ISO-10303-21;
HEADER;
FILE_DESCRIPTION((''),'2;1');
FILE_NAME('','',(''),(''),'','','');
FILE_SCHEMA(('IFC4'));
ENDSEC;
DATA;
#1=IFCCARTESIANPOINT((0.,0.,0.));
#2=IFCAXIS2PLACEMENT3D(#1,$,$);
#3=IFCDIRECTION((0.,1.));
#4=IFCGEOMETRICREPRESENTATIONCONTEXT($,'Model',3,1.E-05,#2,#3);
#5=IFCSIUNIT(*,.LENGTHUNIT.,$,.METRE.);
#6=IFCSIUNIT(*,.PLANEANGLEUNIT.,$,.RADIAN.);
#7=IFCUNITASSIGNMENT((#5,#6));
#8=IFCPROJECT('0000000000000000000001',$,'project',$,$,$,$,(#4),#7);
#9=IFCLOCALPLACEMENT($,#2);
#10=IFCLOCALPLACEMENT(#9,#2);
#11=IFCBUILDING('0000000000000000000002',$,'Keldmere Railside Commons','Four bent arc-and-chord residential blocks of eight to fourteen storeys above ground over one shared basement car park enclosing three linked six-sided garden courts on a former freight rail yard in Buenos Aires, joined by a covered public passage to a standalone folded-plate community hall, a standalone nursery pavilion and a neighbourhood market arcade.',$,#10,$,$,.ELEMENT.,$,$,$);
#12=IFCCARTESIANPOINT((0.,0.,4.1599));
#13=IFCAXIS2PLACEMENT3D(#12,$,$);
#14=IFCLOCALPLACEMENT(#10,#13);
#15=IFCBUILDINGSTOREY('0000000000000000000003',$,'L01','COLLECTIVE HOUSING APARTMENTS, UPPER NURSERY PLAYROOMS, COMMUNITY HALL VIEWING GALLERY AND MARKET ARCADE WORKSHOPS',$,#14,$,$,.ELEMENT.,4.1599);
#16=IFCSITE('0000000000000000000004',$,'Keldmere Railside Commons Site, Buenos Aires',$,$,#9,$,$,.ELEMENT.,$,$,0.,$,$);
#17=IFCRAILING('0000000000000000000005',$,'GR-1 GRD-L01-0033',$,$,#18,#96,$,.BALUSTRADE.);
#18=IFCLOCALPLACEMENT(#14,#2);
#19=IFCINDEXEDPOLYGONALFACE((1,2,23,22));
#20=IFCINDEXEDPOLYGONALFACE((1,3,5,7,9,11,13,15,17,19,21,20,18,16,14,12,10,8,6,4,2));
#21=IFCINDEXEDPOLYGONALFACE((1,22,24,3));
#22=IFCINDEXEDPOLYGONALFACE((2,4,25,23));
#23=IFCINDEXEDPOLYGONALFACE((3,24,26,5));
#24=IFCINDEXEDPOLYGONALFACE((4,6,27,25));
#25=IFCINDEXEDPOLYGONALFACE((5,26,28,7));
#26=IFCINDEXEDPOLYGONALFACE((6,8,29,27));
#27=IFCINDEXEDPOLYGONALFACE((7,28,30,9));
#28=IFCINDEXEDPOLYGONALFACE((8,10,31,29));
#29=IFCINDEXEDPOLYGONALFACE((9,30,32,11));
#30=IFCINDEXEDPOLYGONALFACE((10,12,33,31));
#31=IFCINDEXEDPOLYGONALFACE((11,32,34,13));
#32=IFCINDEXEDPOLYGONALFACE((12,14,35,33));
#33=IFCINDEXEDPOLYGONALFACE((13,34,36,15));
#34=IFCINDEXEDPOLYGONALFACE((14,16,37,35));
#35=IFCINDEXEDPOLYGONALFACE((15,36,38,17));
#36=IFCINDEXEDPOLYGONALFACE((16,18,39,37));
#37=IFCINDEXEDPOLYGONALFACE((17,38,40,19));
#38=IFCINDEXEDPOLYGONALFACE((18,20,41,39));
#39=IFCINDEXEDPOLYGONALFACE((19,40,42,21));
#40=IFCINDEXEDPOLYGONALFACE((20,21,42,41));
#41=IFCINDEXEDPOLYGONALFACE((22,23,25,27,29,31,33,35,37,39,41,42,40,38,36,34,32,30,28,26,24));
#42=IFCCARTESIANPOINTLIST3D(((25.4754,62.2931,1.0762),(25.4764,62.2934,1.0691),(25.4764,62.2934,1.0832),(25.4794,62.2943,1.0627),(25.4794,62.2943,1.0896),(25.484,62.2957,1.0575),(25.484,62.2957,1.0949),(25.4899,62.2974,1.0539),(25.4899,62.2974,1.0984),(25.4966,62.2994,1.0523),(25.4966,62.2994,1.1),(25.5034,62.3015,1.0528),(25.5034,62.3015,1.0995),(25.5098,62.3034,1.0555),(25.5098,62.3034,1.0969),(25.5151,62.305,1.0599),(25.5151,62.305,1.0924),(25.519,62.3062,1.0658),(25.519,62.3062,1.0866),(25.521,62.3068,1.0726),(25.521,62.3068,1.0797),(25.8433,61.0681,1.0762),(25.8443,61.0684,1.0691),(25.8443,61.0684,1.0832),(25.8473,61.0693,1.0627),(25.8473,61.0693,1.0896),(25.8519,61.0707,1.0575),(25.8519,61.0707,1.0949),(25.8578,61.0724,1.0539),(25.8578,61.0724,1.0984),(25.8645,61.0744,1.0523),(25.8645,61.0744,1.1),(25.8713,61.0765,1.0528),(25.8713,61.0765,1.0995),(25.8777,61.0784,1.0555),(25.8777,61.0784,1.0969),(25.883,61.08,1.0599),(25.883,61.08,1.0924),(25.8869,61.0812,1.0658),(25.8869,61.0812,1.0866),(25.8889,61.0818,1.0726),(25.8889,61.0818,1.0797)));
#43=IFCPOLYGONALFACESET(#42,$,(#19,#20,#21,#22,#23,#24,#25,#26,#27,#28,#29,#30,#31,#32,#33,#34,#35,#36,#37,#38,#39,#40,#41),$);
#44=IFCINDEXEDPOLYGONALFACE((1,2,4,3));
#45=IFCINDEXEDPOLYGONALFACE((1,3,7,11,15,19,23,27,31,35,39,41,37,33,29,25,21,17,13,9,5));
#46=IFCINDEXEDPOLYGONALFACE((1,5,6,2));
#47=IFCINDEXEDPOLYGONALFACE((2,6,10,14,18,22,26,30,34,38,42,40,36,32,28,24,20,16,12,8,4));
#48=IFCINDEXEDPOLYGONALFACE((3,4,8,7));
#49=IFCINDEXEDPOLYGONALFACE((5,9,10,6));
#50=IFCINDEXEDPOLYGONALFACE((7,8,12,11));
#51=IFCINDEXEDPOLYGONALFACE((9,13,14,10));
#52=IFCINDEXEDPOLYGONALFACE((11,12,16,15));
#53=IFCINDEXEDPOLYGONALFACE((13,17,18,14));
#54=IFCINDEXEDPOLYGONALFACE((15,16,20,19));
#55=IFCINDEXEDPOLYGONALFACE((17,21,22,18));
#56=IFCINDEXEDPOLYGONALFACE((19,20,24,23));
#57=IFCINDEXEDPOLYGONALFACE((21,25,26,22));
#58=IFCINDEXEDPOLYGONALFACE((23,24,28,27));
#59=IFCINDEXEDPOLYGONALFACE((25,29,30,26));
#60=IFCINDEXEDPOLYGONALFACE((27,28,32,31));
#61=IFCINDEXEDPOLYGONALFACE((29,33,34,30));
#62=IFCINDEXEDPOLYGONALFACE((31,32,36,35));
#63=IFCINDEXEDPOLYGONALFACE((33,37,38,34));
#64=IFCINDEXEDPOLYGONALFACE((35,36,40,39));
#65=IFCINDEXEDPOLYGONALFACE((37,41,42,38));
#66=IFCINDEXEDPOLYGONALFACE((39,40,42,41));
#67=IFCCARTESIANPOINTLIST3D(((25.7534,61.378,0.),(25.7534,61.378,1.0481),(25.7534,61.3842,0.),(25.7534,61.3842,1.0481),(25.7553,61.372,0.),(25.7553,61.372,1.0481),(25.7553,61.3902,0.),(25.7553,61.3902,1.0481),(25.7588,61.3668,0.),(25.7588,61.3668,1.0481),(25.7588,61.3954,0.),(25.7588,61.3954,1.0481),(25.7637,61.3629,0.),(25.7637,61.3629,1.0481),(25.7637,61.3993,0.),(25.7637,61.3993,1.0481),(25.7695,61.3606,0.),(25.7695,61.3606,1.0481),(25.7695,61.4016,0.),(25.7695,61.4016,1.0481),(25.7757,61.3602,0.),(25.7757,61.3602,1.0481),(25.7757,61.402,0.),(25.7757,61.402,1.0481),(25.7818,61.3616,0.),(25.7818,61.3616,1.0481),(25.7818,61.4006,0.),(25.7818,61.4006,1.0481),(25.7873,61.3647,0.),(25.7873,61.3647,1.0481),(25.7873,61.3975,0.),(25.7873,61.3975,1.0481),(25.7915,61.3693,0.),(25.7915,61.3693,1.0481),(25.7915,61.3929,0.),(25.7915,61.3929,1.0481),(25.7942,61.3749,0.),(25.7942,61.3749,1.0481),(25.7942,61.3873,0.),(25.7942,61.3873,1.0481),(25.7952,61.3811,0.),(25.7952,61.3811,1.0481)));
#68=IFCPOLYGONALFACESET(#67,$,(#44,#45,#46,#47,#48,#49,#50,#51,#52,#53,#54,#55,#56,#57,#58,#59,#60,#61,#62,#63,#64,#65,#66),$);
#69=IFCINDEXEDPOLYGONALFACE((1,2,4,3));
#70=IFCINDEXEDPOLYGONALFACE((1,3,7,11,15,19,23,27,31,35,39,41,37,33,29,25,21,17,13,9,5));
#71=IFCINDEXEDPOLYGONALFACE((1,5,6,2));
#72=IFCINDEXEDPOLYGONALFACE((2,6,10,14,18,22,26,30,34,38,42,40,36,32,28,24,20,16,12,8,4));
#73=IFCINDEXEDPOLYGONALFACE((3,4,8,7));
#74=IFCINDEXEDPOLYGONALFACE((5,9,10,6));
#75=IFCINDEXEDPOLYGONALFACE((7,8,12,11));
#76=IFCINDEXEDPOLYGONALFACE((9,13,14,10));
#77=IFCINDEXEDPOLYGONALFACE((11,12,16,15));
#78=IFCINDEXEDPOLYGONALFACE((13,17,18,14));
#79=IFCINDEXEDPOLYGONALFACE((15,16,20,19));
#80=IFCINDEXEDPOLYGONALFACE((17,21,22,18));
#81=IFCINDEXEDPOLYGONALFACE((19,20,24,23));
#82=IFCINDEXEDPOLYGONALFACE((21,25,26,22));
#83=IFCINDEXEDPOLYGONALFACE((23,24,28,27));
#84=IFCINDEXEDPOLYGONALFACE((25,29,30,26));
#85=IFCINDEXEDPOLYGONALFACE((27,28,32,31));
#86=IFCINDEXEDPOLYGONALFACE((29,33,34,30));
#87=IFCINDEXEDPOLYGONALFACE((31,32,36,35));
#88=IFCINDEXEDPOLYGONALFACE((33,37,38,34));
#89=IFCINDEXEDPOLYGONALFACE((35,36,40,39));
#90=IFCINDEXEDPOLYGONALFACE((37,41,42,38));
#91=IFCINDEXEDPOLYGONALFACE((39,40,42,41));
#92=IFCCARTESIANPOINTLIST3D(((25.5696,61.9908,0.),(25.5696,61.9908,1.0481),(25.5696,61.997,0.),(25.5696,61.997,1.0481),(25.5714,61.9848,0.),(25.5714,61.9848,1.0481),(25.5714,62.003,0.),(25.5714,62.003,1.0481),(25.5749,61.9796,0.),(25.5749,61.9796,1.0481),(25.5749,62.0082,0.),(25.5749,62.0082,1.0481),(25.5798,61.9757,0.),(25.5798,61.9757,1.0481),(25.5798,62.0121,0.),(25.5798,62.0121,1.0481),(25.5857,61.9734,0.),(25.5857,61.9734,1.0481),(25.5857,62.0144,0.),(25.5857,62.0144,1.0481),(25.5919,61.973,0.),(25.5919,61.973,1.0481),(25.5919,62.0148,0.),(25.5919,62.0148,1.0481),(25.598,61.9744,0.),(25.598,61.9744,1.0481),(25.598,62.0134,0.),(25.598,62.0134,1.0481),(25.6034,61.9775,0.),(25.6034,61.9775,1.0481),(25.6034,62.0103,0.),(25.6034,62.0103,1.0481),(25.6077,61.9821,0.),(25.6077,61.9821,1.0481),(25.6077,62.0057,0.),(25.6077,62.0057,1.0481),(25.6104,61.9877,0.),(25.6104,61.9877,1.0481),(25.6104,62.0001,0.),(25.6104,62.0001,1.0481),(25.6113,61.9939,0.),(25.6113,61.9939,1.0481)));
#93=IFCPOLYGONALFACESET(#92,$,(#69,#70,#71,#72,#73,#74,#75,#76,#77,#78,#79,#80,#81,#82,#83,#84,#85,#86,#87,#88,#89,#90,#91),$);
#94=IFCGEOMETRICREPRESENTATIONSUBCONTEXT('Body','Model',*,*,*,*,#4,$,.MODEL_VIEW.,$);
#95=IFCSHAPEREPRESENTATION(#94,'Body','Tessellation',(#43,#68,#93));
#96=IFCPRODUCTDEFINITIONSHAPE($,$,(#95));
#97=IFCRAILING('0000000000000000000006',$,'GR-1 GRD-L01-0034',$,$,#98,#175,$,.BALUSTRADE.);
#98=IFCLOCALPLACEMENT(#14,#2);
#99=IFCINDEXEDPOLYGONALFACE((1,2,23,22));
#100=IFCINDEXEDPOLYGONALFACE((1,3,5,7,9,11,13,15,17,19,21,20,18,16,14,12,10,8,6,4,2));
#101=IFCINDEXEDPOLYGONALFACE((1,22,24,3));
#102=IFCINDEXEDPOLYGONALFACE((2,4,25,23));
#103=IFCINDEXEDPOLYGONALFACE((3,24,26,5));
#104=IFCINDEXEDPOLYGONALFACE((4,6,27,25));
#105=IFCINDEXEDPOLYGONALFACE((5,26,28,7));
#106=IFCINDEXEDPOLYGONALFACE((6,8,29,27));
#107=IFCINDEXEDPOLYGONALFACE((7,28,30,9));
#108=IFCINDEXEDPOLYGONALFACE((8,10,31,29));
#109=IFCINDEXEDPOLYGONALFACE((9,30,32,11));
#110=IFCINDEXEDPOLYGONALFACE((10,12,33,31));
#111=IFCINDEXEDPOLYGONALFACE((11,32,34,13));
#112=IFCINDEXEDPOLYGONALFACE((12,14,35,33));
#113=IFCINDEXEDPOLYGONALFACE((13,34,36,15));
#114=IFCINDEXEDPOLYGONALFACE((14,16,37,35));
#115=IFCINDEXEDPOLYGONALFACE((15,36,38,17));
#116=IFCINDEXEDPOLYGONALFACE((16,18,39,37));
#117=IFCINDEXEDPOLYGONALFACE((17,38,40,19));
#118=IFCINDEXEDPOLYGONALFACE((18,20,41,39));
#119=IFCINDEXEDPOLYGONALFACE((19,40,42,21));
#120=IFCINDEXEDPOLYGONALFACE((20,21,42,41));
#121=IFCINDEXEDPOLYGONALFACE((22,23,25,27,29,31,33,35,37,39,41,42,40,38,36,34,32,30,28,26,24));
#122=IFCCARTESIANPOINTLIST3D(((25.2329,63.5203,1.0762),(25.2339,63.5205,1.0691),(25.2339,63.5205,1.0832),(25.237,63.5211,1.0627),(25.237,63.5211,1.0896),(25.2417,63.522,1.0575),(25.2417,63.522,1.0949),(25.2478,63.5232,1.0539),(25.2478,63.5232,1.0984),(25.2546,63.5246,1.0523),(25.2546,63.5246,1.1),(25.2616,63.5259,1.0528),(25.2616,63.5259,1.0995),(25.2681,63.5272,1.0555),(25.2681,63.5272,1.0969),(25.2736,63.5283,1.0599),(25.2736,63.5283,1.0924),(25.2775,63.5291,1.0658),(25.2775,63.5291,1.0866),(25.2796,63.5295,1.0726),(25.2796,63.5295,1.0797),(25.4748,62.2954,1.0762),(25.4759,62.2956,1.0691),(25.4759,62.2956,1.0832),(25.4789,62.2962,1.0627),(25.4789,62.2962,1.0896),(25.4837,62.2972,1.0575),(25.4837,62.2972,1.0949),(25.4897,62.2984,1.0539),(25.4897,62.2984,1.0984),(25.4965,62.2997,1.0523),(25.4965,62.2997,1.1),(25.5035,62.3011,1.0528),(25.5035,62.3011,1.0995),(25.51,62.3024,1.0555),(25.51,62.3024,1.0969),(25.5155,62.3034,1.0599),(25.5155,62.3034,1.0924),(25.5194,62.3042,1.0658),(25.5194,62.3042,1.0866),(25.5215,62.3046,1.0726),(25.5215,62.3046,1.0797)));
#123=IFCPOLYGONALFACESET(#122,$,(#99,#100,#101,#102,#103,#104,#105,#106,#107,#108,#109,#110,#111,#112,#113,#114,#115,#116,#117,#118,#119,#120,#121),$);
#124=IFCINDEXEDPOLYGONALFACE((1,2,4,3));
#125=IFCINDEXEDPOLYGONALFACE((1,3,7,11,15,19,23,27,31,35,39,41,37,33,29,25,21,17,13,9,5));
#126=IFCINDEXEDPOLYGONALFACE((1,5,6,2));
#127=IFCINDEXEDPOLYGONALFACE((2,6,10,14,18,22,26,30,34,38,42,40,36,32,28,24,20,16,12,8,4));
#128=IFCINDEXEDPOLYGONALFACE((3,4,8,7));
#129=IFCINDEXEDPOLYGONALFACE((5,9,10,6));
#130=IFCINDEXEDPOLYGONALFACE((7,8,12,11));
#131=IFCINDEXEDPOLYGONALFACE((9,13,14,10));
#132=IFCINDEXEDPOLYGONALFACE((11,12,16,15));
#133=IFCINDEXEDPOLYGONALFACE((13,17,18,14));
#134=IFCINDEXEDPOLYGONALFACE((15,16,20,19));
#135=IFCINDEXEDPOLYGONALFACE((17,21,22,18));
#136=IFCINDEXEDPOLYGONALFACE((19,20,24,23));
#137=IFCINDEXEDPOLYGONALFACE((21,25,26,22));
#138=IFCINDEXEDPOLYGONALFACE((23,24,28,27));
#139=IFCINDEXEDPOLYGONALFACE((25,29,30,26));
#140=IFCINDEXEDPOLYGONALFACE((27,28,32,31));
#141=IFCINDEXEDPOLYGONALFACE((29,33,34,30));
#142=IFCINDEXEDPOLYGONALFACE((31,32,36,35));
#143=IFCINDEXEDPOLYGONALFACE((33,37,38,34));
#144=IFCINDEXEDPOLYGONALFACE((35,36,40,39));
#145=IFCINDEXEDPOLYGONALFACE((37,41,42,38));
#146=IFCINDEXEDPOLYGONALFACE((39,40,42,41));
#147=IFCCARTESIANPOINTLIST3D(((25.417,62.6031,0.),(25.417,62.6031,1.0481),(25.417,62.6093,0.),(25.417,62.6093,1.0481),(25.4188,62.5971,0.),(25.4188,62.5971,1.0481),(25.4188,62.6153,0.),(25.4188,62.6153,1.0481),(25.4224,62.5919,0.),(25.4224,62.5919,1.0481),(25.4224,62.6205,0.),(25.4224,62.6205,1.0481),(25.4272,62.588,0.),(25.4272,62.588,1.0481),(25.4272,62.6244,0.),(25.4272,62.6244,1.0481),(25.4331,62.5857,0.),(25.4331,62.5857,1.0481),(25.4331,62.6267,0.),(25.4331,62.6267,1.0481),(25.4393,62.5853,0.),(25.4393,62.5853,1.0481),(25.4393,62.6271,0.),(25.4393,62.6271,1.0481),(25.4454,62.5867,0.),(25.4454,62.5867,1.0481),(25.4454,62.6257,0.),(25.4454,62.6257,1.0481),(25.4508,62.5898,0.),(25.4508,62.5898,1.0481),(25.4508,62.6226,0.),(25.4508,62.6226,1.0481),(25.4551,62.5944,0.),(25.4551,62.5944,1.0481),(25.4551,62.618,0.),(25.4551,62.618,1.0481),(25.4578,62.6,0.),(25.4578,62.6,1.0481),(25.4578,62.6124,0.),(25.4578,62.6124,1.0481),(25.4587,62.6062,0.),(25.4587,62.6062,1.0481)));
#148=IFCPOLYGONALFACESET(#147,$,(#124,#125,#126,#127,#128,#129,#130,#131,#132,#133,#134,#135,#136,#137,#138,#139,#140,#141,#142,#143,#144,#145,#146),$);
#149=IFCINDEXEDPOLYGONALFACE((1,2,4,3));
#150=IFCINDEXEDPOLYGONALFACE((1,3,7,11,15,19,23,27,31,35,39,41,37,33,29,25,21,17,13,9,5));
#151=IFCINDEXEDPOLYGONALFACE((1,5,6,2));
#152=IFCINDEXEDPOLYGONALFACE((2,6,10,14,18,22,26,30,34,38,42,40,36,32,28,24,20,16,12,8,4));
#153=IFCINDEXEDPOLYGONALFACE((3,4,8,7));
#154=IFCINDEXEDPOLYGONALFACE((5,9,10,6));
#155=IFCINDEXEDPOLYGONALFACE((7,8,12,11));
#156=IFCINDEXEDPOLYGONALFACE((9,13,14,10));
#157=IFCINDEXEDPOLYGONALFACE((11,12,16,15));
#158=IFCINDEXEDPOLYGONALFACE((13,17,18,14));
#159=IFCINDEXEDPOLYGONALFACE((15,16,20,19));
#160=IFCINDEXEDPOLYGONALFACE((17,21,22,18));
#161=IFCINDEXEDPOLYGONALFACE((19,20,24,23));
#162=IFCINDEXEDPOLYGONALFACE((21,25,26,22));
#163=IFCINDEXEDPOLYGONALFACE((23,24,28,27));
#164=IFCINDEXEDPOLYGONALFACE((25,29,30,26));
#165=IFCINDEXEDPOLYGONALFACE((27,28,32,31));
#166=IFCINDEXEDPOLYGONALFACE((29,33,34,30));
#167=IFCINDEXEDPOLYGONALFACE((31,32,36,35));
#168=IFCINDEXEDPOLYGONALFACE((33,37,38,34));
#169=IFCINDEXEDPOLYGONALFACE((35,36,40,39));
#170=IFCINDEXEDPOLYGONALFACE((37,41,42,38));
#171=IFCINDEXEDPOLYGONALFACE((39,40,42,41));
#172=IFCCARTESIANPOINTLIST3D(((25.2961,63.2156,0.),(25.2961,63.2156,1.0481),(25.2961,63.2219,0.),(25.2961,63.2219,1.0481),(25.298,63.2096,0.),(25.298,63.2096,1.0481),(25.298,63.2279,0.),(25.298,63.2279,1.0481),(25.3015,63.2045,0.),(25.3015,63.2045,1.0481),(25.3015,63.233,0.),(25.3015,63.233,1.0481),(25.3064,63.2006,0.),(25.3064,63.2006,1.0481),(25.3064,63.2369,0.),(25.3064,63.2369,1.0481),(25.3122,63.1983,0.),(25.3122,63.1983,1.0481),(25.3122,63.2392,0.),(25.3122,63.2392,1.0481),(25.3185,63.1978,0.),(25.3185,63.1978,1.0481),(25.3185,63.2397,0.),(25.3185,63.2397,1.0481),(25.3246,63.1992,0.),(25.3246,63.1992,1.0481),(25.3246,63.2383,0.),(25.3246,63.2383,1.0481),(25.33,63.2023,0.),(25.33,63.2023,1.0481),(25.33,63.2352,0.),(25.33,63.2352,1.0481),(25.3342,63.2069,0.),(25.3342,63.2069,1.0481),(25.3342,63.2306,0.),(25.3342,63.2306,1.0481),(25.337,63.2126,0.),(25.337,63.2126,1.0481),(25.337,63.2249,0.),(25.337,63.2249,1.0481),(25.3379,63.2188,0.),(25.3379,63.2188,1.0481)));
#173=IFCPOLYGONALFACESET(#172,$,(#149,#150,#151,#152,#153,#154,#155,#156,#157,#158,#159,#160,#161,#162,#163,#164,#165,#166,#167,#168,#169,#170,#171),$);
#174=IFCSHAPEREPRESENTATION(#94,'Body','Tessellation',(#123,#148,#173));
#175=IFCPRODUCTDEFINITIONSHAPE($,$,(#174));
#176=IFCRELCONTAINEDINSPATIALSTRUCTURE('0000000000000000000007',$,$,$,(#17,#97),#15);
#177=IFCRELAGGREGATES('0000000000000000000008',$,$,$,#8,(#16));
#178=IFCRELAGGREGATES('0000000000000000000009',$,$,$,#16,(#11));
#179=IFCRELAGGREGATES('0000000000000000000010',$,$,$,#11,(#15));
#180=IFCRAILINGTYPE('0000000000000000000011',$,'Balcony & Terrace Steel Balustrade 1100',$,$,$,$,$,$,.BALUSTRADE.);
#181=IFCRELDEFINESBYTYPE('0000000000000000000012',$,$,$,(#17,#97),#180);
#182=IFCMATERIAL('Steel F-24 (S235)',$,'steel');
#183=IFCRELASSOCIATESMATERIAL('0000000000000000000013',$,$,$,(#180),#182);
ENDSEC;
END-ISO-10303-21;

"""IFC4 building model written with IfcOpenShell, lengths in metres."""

from ifc_helpers import new_model, si_unit, direction, frame, origin, origin_2d, place, context, subcontext, project, spatial, circle, extrude, material, type_object, element, save


model = new_model("IFC4")

# Units and contexts
model_context = context("Model", 3, precision=1e-05, world=origin(), true_north=direction((0.0, 1.0)))
body_context = subcontext(model_context, "Body", "Model", "MODEL_VIEW")
ifc_project = project(units=[si_unit("LENGTHUNIT", "METRE"), si_unit("PLANEANGLEUNIT", "RADIAN")], contexts=[model_context])

# Site, building, storey
site_placement = place(None, origin())
site = spatial("IfcSite", under=ifc_project, at=site_placement, Name="Keldmere Railside Commons Site, Buenos Aires", CompositionType="ELEMENT", RefElevation=0.0)
building_placement = place(site_placement, origin())
building = spatial("IfcBuilding", under=site, at=building_placement, Name="Keldmere Railside Commons", Description="Four bent arc-and-chord residential blocks of eight to fourteen storeys above ground over one shared basement car park enclosing three linked six-sided garden courts on a former freight rail yard in Buenos Aires, joined by a covered public passage to a standalone folded-plate community hall, a standalone nursery pavilion and a neighbourhood market arcade.", CompositionType="ELEMENT")
storey_placement = place(building_placement, frame((0.0, 0.0, 4.1599)))
storey = spatial("IfcBuildingStorey", under=building, at=storey_placement, Name="L01", Description="COLLECTIVE HOUSING APARTMENTS, UPPER NURSERY PLAYROOMS, COMMUNITY HALL VIEWING GALLERY AND MARKET ARCADE WORKSHOPS", CompositionType="ELEMENT", Elevation=4.1599)

# Railings
ifc_material_1 = material(Name="Steel F-24 (S235)", Category="steel")
railing_type = type_object("IfcRailingType", Name="Balcony & Terrace Steel Balustrade 1100", PredefinedType="BALUSTRADE", material=ifc_material_1)
railing_1_placement = place(storey_placement, frame((25.8662, 61.075, 0.0)))
element("IfcRailing", 1, at=railing_1_placement, inside=storey, type_object=railing_type, Name="GR-1 GRD-L01-0033", PredefinedType="BALUSTRADE", context=body_context, shape_type="SweptSolid", body=[
    extrude(circle(Radius=0.0239, at=origin_2d()), frame((0.0, 0.0, 1.0762), z_axis=(-0.287628, 0.957742, 0.0), x_axis=(-0.957742, -0.287628, 0.0)), (0.0, 0.0, 1.0), 1.2791),
    extrude(circle(Radius=0.021, at=origin_2d()), frame((-0.092, 0.3062, 0.0)), (0.0, 0.0, 1.0), 1.0481),
    extrude(circle(Radius=0.021, at=origin_2d()), frame((-0.2759, 0.9189, 0.0)), (0.0, 0.0, 1.0), 1.0481),
])
railing_2_placement = place(storey_placement, frame((25.4983, 62.3, 0.0)))
element("IfcRailing", 2, at=railing_2_placement, inside=storey, type_object=railing_type, Name="GR-1 GRD-L01-0034", PredefinedType="BALUSTRADE", context=body_context, shape_type="SweptSolid", body=[
    extrude(circle(Radius=0.0239, at=origin_2d()), frame((0.0, 0.0, 1.0762), z_axis=(-0.193784, 0.981044, 0.0), x_axis=(-0.981044, -0.193784, 0.0)), (0.0, 0.0, 1.0), 1.2485),
    extrude(circle(Radius=0.021, at=origin_2d()), frame((-0.0605, 0.3062, 0.0)), (0.0, 0.0, 1.0), 1.0481),
    extrude(circle(Radius=0.021, at=origin_2d()), frame((-0.1814, 0.9187, 0.0)), (0.0, 0.0, 1.0), 1.0481),
])

save(model, "model.ifc")
